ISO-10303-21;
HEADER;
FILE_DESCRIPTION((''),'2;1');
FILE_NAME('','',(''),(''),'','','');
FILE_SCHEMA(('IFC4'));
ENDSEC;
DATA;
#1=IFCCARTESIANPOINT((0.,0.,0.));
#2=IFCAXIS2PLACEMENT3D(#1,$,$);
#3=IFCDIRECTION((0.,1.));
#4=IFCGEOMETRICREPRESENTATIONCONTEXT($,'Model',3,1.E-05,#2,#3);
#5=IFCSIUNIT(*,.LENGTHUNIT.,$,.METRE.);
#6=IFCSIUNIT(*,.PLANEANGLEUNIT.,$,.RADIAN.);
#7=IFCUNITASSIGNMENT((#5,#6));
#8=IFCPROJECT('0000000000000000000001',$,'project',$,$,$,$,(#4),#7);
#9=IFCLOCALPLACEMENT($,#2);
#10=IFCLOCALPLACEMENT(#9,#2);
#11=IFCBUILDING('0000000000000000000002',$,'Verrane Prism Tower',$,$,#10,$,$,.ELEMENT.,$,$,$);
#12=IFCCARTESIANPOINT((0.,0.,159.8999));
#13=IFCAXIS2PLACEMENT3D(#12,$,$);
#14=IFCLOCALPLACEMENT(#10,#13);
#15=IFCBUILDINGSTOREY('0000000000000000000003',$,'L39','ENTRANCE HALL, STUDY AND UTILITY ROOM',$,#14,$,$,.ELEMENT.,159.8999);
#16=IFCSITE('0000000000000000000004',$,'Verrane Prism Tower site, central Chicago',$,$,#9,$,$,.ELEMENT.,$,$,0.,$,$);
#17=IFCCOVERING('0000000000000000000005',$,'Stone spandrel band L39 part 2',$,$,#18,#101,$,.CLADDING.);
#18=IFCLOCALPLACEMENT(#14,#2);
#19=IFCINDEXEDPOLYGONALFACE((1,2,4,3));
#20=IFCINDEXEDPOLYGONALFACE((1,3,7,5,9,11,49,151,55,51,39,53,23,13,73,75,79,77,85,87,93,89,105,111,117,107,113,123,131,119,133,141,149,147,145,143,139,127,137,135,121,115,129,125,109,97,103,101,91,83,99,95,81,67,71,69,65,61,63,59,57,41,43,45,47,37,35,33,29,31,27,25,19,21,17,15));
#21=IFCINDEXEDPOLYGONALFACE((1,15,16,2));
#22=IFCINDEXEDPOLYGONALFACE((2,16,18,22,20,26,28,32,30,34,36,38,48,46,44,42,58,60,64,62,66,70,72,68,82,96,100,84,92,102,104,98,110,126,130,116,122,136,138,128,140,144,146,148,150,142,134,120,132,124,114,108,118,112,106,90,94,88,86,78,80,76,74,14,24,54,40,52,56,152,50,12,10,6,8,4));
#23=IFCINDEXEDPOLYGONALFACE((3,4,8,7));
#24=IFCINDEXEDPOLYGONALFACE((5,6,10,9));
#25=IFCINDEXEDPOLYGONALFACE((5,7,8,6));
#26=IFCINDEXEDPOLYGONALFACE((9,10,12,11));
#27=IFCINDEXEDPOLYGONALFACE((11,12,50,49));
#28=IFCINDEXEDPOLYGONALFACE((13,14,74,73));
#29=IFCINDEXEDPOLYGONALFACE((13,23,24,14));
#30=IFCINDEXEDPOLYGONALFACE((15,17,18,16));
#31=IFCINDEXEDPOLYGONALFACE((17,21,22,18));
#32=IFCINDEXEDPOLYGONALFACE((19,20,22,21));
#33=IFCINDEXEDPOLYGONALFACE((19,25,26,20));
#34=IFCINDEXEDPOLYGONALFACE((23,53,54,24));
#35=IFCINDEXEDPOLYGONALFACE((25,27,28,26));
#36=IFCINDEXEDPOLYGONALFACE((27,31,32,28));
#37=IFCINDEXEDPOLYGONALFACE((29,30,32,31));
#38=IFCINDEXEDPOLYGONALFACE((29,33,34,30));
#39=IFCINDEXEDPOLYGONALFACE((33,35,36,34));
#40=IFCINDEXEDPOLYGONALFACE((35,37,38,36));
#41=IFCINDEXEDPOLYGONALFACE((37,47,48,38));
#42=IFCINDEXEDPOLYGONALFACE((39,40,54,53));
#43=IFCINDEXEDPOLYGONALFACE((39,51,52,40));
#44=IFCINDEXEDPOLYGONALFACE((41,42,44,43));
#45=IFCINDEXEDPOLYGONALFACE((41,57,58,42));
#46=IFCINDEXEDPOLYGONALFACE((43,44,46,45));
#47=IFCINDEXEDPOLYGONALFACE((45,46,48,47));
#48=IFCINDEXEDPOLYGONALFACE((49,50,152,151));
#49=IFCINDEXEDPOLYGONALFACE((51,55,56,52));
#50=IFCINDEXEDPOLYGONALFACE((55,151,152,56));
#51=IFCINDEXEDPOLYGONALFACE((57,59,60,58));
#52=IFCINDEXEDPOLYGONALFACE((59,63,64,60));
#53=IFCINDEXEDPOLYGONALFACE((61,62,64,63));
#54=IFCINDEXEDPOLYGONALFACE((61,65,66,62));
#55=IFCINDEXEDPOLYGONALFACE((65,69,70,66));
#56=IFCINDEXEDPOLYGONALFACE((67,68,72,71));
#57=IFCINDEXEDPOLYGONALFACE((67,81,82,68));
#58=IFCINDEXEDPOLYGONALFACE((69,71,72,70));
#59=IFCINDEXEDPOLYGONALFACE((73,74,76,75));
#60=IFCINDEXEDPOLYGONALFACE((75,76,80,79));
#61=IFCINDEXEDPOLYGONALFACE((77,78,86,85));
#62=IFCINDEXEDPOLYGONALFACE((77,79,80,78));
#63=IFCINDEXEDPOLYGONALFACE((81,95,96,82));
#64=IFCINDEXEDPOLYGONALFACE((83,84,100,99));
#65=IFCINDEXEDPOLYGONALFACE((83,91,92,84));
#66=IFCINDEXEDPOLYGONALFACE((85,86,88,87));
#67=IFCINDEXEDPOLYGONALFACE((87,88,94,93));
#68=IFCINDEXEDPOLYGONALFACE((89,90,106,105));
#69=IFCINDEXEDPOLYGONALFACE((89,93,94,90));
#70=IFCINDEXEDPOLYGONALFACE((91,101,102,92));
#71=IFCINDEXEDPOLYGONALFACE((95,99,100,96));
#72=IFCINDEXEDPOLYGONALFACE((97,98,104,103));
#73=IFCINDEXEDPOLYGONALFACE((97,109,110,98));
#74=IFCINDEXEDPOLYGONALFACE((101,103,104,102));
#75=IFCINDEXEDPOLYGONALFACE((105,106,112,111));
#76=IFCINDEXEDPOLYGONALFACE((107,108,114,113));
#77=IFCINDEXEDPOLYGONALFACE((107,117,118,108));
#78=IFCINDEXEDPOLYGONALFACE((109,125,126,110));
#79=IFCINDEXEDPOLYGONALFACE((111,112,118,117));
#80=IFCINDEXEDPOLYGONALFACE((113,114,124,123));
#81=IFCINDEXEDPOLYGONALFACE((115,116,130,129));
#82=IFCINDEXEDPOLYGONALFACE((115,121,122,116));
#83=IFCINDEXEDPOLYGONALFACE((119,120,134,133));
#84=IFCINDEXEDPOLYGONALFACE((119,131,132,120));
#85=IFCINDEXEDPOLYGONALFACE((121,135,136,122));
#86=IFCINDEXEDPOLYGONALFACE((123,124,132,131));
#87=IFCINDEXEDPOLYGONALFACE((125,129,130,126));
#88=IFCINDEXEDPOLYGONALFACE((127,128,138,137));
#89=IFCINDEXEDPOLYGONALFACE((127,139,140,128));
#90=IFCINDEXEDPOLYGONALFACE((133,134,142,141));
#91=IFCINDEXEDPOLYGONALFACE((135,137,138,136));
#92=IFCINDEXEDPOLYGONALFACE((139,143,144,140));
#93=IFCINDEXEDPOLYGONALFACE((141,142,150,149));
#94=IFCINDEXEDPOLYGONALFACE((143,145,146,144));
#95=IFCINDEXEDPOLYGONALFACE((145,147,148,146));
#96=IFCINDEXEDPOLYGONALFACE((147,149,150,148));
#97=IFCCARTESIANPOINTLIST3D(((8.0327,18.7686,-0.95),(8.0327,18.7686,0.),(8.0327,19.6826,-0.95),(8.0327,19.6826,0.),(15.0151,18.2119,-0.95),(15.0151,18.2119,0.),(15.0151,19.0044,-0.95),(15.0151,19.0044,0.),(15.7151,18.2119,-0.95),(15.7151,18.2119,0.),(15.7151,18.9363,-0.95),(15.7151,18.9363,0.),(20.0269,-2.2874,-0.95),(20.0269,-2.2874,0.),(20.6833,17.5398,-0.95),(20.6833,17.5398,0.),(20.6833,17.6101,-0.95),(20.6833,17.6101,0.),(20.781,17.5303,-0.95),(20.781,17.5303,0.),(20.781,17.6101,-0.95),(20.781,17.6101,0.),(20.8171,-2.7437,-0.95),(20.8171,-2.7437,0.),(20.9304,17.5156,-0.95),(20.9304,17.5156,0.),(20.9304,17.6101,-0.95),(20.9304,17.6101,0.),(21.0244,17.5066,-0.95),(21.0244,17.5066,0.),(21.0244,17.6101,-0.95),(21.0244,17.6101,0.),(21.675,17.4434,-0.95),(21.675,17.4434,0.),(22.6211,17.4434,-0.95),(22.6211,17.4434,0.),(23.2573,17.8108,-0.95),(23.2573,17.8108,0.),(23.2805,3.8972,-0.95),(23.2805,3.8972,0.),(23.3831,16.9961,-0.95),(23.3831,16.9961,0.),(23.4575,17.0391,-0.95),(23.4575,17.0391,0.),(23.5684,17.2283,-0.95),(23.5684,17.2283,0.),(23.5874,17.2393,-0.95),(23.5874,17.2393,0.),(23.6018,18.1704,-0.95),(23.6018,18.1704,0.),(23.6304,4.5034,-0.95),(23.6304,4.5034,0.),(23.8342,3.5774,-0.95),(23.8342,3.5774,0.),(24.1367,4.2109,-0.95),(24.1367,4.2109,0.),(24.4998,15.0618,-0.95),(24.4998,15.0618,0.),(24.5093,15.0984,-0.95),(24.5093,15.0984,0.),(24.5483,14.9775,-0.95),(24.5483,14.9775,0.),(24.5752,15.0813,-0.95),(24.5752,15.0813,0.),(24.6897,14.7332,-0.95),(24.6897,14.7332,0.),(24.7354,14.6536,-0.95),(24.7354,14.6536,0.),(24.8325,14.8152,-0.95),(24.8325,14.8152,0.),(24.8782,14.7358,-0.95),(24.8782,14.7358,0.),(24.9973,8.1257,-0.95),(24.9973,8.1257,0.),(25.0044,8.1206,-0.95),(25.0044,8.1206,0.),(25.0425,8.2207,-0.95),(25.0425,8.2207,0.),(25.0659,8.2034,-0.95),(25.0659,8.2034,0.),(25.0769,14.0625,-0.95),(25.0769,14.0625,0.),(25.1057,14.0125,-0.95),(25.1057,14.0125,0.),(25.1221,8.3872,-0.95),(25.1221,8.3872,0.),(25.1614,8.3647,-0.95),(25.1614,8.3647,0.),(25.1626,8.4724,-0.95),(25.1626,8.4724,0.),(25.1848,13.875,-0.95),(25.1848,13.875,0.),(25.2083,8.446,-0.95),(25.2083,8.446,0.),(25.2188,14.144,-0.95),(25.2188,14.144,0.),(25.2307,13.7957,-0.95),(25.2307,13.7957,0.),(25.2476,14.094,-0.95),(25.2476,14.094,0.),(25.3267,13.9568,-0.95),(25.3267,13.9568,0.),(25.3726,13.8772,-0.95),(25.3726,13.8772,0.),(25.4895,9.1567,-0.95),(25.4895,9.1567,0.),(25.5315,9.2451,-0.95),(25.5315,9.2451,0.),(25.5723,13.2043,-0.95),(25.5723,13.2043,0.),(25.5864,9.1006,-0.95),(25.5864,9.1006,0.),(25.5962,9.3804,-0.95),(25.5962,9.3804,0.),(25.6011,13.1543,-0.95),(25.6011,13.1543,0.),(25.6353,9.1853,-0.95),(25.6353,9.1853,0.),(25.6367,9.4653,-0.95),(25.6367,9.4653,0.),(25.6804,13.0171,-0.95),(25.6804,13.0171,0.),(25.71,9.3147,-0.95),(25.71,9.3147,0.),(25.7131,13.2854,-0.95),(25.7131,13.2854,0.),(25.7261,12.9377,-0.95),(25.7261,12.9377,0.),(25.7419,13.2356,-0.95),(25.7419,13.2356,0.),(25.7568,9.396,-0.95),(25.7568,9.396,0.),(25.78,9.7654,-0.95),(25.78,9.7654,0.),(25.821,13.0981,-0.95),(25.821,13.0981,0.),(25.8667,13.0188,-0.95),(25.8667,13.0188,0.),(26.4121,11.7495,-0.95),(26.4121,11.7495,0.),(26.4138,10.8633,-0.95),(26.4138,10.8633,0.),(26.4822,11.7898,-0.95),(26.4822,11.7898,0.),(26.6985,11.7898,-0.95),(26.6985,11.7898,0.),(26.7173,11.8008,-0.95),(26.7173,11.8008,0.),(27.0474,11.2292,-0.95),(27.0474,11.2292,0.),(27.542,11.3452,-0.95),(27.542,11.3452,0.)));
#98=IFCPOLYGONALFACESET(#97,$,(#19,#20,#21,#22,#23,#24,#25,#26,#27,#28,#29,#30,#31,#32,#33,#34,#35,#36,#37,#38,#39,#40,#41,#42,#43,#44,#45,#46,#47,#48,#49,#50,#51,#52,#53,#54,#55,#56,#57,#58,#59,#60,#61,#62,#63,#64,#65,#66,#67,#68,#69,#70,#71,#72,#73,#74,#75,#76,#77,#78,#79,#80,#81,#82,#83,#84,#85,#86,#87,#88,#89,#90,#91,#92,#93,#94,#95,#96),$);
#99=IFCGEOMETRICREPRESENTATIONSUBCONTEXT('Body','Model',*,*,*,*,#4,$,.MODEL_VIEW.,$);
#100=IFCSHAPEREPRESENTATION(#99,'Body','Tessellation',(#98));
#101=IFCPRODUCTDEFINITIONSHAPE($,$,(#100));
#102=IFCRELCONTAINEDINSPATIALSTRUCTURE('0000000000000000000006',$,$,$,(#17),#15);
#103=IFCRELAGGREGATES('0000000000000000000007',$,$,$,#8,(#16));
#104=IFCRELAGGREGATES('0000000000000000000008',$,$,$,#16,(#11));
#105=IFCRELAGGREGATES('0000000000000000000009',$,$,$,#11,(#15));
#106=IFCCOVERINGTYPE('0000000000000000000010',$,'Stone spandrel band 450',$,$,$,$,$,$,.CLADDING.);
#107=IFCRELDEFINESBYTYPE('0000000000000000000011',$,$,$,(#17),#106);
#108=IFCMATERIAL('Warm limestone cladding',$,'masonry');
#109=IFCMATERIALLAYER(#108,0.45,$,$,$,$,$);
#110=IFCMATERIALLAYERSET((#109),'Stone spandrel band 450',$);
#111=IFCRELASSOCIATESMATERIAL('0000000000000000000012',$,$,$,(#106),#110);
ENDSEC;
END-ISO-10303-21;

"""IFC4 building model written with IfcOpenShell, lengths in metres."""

from ifc_helpers import new_model, si_unit, direction, frame, origin, place, context, subcontext, project, spatial, polyline, outline, extrude, material, layer, layer_set, type_object, element, save


model = new_model("IFC4")

# Units and contexts
model_context = context("Model", 3, precision=1e-05, world=origin(), true_north=direction((0.0, 1.0)))
body_context = subcontext(model_context, "Body", "Model", "MODEL_VIEW")
ifc_project = project(units=[si_unit("LENGTHUNIT", "METRE"), si_unit("PLANEANGLEUNIT", "RADIAN")], contexts=[model_context])

# Site, building, storey
site_placement = place(None, origin())
site = spatial("IfcSite", under=ifc_project, at=site_placement, Name="Verrane Prism Tower site, central Chicago", CompositionType="ELEMENT", RefElevation=0.0)
building_placement = place(site_placement, origin())
building = spatial("IfcBuilding", under=site, at=building_placement, Name="Verrane Prism Tower", CompositionType="ELEMENT")
storey_placement = place(building_placement, frame((0.0, 0.0, 159.8999)))
storey = spatial("IfcBuildingStorey", under=building, at=storey_placement, Name="L39", Description="ENTRANCE HALL, STUDY AND UTILITY ROOM", CompositionType="ELEMENT", Elevation=159.8999)

# Covering
ifc_material_1 = material(Name="Warm limestone cladding", Category="masonry")
ifc_layer_1 = layer(ifc_material_1, 0.45)
ifc_layer_set_1 = layer_set([ifc_layer_1], Name="Stone spandrel band 450")
covering_type_1 = type_object("IfcCoveringType", Name="Stone spandrel band 450", PredefinedType="CLADDING", material=ifc_layer_set_1)
covering_1_placement = place(storey_placement, frame((0.0, 0.0, -0.95)))
element("IfcCovering", 1, at=covering_1_placement, inside=storey, type_object=covering_type_1, Name="Stone spandrel band L39 part 2", PredefinedType="CLADDING", context=body_context, shape_type="SweptSolid", body=[
    extrude(outline(polyline([(8.0327, 19.6826), (8.0327, 18.7686), (20.6833, 17.5398), (20.6833, 17.6101), (20.781, 17.6101), (20.781, 17.5303), (20.9304, 17.5156), (20.9304, 17.6101), (21.0244, 17.6101), (21.0244, 17.5066), (21.675, 17.4434), (22.6211, 17.4434), (23.2573, 17.8108), (23.5874, 17.2393), (23.5684, 17.2283), (23.4575, 17.0391), (23.3831, 16.9961), (24.4998, 15.0618), (24.5093, 15.0984), (24.5752, 15.0813), (24.5483, 14.9775), (24.6897, 14.7332), (24.8325, 14.8152), (24.8782, 14.7358), (24.7354, 14.6536), (25.0769, 14.0625), (25.2188, 14.144), (25.2476, 14.094), (25.1057, 14.0125), (25.1848, 13.875), (25.3267, 13.9568), (25.3726, 13.8772), (25.2307, 13.7957), (25.5723, 13.2043), (25.7131, 13.2854), (25.7419, 13.2356), (25.6011, 13.1543), (25.6804, 13.0171), (25.821, 13.0981), (25.8667, 13.0188), (25.7261, 12.9377), (26.4121, 11.7495), (26.4822, 11.7898), (26.6985, 11.7898), (26.7173, 11.8008), (27.0474, 11.2292), (26.4138, 10.8633), (25.78, 9.7654), (25.6367, 9.4653), (25.7568, 9.396), (25.71, 9.3147), (25.5962, 9.3804), (25.5315, 9.2451), (25.6353, 9.1853), (25.5864, 9.1006), (25.4895, 9.1567), (25.1626, 8.4724), (25.2083, 8.446), (25.1614, 8.3647), (25.1221, 8.3872), (25.0425, 8.2207), (25.0659, 8.2034), (25.0044, 8.1206), (24.9973, 8.1257), (20.0269, -2.2874), (20.8171, -2.7437), (23.8342, 3.5774), (23.2805, 3.8972), (23.6304, 4.5034), (24.1367, 4.2109), (27.542, 11.3452), (23.6018, 18.1704), (15.7151, 18.9363), (15.7151, 18.2119), (15.0151, 18.2119), (15.0151, 19.0044), (8.0327, 19.6826)])), origin(), (0.0, 0.0, 1.0), 0.95),
])

save(model, "model.ifc")
